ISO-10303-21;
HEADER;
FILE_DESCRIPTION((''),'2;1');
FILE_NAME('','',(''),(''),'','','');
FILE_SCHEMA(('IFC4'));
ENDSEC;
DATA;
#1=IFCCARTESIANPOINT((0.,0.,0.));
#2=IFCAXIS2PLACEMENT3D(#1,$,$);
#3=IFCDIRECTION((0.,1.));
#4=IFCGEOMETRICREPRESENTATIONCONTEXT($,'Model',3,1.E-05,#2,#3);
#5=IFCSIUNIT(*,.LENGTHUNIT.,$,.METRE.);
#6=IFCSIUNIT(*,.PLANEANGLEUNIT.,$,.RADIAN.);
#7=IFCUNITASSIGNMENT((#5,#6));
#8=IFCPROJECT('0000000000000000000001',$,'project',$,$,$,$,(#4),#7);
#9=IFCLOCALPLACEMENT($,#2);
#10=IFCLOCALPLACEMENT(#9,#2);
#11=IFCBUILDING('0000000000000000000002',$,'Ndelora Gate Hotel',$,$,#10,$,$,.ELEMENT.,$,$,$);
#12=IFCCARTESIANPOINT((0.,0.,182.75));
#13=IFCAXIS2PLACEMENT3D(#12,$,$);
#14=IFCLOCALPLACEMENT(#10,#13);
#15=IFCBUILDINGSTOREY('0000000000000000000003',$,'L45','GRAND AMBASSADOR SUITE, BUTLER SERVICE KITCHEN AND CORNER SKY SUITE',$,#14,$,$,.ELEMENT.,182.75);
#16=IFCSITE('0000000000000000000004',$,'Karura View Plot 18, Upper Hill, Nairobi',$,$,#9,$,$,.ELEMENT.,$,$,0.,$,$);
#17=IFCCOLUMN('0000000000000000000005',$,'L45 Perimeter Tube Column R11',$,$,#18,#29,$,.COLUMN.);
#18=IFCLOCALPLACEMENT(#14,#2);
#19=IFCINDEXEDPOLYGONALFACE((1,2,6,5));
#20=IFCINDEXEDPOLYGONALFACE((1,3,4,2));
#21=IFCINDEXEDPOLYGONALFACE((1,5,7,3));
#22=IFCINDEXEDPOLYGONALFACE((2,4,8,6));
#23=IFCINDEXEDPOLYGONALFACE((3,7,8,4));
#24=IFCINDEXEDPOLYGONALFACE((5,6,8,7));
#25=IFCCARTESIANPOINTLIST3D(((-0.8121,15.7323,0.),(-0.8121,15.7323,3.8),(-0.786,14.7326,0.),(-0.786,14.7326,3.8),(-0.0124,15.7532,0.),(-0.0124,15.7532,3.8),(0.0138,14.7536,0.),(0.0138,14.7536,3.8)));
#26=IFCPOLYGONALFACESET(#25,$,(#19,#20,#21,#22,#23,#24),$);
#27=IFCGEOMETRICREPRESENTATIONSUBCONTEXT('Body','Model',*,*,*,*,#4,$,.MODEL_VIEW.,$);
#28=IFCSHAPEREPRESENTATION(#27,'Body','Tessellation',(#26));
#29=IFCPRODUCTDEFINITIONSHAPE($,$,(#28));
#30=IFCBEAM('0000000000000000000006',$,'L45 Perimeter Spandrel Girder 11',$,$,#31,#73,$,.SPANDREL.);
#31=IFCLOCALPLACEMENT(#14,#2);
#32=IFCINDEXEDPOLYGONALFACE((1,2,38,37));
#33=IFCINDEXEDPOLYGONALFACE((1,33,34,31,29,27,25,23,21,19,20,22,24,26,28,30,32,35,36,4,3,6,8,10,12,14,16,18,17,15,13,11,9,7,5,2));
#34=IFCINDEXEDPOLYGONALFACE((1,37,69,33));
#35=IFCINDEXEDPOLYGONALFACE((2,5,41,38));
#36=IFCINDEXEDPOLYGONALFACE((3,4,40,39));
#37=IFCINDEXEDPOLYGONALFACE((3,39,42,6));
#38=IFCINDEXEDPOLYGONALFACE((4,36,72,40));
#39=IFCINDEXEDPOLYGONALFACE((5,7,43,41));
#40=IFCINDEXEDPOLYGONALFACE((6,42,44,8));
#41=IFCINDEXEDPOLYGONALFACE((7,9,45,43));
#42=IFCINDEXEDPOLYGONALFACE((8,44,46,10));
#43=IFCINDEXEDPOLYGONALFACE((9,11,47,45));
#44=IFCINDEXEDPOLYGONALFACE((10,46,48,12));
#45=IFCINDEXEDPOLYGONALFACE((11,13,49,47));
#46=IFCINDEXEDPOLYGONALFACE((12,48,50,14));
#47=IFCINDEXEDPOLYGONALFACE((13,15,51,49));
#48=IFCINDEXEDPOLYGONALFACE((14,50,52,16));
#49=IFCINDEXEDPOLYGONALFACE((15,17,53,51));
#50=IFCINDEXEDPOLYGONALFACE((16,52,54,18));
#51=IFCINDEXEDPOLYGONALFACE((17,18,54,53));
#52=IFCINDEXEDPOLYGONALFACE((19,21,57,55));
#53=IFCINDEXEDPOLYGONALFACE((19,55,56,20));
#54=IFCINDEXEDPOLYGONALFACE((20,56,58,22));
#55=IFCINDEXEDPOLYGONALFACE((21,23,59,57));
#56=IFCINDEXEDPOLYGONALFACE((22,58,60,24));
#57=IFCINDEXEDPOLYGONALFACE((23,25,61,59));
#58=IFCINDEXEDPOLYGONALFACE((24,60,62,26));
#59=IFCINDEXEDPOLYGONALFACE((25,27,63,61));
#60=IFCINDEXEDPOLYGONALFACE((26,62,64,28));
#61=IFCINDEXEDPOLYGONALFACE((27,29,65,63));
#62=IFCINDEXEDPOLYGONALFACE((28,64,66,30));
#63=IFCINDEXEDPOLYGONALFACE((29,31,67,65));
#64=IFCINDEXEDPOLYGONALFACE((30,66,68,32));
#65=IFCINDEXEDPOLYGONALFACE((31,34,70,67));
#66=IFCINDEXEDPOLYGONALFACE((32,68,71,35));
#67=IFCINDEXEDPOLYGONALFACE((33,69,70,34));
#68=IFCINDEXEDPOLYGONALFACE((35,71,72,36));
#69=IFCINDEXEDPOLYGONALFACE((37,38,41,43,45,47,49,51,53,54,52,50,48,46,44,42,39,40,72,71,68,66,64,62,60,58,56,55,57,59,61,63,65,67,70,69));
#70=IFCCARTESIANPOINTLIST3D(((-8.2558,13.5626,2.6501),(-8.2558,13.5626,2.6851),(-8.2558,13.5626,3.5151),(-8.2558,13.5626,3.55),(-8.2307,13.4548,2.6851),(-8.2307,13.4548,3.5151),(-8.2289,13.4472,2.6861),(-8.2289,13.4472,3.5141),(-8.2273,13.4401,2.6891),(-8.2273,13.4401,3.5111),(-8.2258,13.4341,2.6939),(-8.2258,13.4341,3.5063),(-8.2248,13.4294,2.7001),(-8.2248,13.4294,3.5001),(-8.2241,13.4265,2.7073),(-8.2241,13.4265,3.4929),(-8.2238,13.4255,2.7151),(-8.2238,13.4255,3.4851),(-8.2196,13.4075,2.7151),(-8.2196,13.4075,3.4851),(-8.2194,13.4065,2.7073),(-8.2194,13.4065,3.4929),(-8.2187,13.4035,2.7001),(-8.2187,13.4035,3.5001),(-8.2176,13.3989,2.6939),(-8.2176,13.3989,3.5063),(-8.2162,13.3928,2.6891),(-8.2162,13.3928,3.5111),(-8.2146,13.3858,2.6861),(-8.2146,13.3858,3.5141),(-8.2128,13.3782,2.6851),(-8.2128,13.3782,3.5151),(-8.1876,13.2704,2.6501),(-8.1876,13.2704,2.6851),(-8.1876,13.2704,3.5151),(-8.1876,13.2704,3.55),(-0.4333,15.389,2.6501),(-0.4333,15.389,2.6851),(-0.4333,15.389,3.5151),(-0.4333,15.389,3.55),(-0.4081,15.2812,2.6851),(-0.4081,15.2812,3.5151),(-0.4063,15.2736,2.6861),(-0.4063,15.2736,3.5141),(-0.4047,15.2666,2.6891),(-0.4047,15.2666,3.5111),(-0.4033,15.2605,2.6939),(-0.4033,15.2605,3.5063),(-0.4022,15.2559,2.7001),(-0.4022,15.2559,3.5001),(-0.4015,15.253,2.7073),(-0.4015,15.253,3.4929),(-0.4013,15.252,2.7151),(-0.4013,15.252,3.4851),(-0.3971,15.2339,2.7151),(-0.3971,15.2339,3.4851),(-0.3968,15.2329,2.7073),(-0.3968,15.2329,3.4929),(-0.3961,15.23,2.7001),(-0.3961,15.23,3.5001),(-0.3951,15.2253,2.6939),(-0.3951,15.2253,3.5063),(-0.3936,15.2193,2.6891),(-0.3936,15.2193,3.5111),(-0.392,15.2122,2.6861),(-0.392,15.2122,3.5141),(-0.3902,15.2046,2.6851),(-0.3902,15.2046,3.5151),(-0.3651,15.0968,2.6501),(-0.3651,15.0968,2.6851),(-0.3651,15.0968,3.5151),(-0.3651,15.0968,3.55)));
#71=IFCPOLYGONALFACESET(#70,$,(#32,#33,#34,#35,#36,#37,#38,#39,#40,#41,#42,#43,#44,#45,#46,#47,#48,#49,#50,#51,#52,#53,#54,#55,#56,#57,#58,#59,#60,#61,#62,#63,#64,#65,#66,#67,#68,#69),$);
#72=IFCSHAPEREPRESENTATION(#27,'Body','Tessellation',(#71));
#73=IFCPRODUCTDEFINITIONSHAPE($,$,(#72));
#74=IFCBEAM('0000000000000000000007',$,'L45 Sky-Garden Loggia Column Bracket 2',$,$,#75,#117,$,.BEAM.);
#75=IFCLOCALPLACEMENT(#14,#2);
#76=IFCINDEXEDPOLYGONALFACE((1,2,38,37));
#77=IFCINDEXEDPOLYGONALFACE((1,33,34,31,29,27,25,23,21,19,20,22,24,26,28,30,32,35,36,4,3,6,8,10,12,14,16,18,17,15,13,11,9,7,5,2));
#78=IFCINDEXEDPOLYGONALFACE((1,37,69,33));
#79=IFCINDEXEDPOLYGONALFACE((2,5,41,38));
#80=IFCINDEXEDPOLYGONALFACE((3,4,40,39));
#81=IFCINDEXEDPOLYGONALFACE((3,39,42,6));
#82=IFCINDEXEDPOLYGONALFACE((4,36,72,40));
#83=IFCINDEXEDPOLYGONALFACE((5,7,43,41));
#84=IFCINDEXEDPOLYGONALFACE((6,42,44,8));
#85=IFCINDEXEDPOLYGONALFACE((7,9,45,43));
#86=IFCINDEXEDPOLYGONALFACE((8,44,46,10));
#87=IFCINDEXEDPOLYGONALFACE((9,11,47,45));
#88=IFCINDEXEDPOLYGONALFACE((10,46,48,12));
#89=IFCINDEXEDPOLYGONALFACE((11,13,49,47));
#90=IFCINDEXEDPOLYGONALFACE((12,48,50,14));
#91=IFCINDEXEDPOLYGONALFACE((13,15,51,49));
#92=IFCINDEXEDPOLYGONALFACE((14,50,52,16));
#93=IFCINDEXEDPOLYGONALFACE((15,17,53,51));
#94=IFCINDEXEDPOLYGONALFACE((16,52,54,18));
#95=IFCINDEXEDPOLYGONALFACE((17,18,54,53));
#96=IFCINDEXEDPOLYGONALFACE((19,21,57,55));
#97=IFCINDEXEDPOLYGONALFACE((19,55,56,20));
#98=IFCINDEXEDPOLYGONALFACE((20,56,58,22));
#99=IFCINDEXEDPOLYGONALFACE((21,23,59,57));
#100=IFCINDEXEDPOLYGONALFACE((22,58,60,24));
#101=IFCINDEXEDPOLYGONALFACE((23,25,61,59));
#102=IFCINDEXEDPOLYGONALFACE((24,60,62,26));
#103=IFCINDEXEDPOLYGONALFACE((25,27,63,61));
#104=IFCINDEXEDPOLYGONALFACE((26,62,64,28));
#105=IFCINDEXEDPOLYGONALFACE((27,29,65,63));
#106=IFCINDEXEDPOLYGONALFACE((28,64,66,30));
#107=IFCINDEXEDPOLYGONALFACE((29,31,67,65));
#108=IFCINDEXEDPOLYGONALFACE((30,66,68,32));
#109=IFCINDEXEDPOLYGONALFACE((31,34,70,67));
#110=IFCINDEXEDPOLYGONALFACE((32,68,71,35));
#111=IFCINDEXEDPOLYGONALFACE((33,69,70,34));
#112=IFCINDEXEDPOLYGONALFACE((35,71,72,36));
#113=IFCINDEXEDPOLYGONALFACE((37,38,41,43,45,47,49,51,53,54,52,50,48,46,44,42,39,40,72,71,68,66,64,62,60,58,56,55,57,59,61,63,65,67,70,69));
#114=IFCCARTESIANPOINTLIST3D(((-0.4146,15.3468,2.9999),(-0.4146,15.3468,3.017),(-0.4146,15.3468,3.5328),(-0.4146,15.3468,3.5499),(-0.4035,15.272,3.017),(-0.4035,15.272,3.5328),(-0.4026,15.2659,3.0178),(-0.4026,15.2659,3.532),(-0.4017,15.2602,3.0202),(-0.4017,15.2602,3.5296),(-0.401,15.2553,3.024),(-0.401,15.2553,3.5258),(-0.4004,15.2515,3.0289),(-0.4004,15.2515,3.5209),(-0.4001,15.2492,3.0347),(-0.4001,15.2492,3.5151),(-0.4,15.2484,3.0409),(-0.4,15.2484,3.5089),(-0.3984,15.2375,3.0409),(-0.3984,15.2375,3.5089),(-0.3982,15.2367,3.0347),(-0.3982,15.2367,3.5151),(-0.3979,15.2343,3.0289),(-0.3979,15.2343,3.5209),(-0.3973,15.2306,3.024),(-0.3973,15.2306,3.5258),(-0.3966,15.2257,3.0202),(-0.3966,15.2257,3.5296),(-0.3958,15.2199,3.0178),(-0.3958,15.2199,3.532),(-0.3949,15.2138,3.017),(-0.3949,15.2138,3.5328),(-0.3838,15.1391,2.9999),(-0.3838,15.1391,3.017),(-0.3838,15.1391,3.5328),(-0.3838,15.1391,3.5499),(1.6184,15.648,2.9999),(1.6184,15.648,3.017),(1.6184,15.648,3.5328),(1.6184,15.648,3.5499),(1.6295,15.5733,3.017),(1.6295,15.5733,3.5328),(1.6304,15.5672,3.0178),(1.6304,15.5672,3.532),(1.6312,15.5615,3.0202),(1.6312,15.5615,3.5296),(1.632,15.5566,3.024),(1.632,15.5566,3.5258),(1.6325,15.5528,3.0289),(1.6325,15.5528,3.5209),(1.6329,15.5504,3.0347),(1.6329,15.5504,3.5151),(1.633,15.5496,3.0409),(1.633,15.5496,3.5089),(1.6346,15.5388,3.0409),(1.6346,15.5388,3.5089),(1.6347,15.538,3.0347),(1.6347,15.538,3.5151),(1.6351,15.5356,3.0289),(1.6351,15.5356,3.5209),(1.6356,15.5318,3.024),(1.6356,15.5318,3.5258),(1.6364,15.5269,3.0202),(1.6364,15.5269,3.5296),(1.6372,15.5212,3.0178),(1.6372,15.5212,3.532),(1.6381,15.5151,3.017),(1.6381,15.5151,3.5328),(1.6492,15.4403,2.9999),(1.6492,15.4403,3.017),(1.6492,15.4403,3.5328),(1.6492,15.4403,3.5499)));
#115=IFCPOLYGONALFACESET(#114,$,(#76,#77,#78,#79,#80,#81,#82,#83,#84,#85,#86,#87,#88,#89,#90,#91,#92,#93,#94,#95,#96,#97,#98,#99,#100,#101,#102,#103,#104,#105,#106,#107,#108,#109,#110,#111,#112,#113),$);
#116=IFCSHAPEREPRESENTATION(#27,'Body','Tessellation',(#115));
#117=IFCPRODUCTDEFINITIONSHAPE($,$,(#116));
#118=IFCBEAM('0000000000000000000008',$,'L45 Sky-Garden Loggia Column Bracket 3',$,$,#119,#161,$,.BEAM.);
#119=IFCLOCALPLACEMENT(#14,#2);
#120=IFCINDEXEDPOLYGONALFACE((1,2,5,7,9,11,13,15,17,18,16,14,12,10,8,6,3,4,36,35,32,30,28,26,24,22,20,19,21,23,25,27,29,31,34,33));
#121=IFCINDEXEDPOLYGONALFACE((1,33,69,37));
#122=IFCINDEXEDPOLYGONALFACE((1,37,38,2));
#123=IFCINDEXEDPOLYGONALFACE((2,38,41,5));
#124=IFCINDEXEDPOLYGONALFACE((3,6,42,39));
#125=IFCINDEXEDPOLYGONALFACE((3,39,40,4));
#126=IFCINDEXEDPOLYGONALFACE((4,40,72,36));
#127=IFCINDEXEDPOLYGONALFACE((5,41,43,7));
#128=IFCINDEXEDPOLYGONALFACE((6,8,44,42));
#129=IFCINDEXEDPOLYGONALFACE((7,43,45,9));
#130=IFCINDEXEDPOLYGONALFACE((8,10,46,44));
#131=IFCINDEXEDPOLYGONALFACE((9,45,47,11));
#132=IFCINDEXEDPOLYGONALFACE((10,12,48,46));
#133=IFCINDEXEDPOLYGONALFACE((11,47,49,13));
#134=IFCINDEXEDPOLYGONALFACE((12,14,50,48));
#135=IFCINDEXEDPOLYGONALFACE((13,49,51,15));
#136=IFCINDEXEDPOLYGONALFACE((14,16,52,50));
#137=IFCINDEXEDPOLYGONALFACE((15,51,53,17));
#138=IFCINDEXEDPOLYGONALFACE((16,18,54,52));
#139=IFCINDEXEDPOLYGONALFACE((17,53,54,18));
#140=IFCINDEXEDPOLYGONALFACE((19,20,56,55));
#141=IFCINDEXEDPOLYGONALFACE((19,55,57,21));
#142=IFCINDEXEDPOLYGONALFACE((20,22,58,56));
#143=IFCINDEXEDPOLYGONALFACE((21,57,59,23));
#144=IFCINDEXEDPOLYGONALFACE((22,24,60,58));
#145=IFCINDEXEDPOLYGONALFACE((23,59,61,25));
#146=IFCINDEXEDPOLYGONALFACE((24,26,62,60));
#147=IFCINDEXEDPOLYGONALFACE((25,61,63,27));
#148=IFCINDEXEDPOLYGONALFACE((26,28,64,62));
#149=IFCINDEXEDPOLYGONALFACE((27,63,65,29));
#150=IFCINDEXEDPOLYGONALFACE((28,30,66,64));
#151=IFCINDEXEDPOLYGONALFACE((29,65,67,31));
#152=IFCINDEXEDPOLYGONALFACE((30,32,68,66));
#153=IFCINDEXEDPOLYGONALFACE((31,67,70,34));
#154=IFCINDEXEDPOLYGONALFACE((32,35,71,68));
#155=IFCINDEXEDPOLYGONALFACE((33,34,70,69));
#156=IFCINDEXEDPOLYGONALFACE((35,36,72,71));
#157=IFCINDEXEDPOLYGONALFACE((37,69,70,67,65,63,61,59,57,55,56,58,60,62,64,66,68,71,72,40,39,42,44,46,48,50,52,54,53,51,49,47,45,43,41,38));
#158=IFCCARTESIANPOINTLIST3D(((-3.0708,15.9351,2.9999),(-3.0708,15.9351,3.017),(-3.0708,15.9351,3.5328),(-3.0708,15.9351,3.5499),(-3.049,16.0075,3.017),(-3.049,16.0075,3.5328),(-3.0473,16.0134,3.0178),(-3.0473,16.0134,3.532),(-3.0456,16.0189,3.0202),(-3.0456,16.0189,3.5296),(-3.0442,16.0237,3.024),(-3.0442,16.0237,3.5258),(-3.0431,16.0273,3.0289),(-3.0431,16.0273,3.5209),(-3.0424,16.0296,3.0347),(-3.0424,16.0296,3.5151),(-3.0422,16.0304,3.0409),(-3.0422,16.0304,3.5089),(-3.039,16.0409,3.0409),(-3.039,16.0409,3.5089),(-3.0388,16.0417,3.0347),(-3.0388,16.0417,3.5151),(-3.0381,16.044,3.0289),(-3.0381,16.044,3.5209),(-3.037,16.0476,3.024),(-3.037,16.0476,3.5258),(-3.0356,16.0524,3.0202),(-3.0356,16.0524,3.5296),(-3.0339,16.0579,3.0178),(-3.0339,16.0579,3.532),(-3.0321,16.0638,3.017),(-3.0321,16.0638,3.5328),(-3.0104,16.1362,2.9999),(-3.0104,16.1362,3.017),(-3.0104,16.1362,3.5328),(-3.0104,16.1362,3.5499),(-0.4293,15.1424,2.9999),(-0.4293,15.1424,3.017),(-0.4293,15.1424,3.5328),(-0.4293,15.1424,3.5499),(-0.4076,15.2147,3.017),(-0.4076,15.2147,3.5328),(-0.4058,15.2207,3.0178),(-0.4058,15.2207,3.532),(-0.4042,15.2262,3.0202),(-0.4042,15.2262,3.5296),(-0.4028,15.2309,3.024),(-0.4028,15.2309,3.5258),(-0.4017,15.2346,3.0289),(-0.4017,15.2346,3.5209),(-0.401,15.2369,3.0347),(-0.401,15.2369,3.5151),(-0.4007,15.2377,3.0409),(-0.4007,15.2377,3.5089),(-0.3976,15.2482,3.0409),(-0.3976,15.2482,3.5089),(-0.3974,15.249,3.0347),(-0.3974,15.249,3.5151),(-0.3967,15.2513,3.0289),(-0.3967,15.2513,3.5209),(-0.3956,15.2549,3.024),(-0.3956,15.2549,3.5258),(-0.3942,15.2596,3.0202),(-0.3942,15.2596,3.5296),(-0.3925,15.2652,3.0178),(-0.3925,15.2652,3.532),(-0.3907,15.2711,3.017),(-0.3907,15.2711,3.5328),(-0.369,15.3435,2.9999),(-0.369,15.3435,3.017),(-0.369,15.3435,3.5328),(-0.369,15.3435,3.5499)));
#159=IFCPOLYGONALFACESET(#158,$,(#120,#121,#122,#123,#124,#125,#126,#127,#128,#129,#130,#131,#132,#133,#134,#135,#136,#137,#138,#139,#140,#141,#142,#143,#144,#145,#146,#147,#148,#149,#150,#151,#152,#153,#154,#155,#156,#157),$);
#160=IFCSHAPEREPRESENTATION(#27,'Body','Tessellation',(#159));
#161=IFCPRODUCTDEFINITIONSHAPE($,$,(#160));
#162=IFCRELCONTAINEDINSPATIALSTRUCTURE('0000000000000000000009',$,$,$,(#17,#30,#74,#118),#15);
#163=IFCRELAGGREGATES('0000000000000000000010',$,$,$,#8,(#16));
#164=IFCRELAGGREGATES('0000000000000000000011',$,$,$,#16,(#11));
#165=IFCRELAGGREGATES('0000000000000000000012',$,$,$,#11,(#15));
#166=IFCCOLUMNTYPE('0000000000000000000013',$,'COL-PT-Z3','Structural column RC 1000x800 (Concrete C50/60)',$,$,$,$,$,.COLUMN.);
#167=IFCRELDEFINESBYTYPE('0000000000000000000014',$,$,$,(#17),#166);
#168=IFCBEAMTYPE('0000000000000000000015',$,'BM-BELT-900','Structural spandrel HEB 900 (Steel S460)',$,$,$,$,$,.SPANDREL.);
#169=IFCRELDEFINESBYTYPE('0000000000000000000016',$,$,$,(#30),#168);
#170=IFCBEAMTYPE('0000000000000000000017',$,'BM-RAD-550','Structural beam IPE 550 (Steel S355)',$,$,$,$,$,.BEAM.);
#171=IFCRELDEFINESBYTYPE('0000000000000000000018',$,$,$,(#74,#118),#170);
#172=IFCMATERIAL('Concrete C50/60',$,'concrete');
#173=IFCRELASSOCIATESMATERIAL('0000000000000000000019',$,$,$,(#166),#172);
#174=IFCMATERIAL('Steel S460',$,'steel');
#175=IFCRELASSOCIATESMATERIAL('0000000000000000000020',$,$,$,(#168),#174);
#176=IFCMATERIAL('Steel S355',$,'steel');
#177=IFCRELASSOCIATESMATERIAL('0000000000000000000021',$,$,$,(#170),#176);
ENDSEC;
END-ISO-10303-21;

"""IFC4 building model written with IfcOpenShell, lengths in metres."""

from ifc_helpers import new_model, si_unit, direction, frame, origin, origin_2d, place, context, subcontext, project, spatial, rectangle, i_section, extrude, material, material_profile, profile_set, type_object, element, save


model = new_model("IFC4")

# Units and contexts
model_context = context("Model", 3, precision=1e-05, world=origin(), true_north=direction((0.0, 1.0)))
body_context = subcontext(model_context, "Body", "Model", "MODEL_VIEW")
ifc_project = project(units=[si_unit("LENGTHUNIT", "METRE"), si_unit("PLANEANGLEUNIT", "RADIAN")], contexts=[model_context])

# Site, building, storey
site_placement = place(None, origin())
site = spatial("IfcSite", under=ifc_project, at=site_placement, Name="Karura View Plot 18, Upper Hill, Nairobi", CompositionType="ELEMENT", RefElevation=0.0)
building_placement = place(site_placement, origin())
building = spatial("IfcBuilding", under=site, at=building_placement, Name="Ndelora Gate Hotel", CompositionType="ELEMENT")
storey_placement = place(building_placement, frame((0.0, 0.0, 182.75)))
storey = spatial("IfcBuildingStorey", under=building, at=storey_placement, Name="L45", Description="GRAND AMBASSADOR SUITE, BUTLER SERVICE KITCHEN AND CORNER SKY SUITE", CompositionType="ELEMENT", Elevation=182.75)

# Column
ifc_material_1 = material(Name="Concrete C50/60", Category="concrete")
ifc_material_profile_1 = material_profile(ifc_material_1, rectangle(XDim=0.8, YDim=1.0, at=origin_2d()), Name="RC 1000x800")
ifc_profile_set_1 = profile_set([ifc_material_profile_1], Name="Concrete C50/60")
column_type = type_object("IfcColumnType", Name="COL-PT-Z3", Description="Structural column RC 1000x800 (Concrete C50/60)", PredefinedType="COLUMN", material=ifc_profile_set_1)
column_placement = place(storey_placement, frame((-0.3992, 15.2429, 0.0), z_axis=(0.0, 0.0, 1.0), x_axis=(0.999657, 0.026177, 0.0)))
element("IfcColumn", 1, at=column_placement, inside=storey, type_object=column_type, Name="L45 Perimeter Tube Column R11", PredefinedType="COLUMN", context=body_context, shape_type="SweptSolid", body=[
    extrude(rectangle(XDim=0.8, YDim=1.0, at=origin_2d()), origin(), (0.0, 0.0, 1.0), 3.8),
])

# Beams
ifc_material_2 = material(Name="Steel S460", Category="steel")
ifc_material_profile_2 = material_profile(ifc_material_2, i_section(OverallWidth=0.3, OverallDepth=0.8999, WebThickness=0.0186, FlangeThickness=0.0349, FilletRadius=0.03, at=origin_2d()), Name="HEB 900")
ifc_profile_set_2 = profile_set([ifc_material_profile_2], Name="Steel S460")
beam_type_1 = type_object("IfcBeamType", Name="BM-BELT-900", Description="Structural spandrel HEB 900 (Steel S460)", PredefinedType="SPANDREL", material=ifc_profile_set_2)
beam_1_placement = place(storey_placement, frame((-0.3992, 15.2429, 3.1001), z_axis=(-0.973809, -0.227367, 0.0), x_axis=(0.227367, -0.973809, 0.0)))
element("IfcBeam", 2, at=beam_1_placement, inside=storey, type_object=beam_type_1, Name="L45 Perimeter Spandrel Girder 11", PredefinedType="SPANDREL", context=body_context, shape_type="SweptSolid", body=[
    extrude(i_section(OverallWidth=0.3, OverallDepth=0.8999, WebThickness=0.0186, FlangeThickness=0.0349, FilletRadius=0.03, at=origin_2d()), origin(), (0.0, 0.0, 1.0), 8.033),
])
ifc_material_3 = material(Name="Steel S355", Category="steel")
ifc_material_profile_3 = material_profile(ifc_material_3, i_section(OverallWidth=0.21, OverallDepth=0.55, WebThickness=0.011, FlangeThickness=0.0171, FilletRadius=0.0239, at=origin_2d()), Name="IPE 550")
ifc_profile_set_3 = profile_set([ifc_material_profile_3], Name="Steel S355")
beam_type_2 = type_object("IfcBeamType", Name="BM-RAD-550", Description="Structural beam IPE 550 (Steel S355)", PredefinedType="BEAM", material=ifc_profile_set_3)
beam_2_placement = place(storey_placement, frame((-0.3992, 15.2429, 3.2749), z_axis=(0.989197, 0.146592, 0.0), x_axis=(-0.146592, 0.989197, 0.0)))
element("IfcBeam", 3, at=beam_2_placement, inside=storey, type_object=beam_type_2, Name="L45 Sky-Garden Loggia Column Bracket 2", PredefinedType="BEAM", context=body_context, shape_type="SweptSolid", body=[
    extrude(i_section(OverallWidth=0.21, OverallDepth=0.55, WebThickness=0.011, FlangeThickness=0.0171, FilletRadius=0.0239, at=origin_2d()), origin(), (0.0, 0.0, 1.0), 2.0552),
])
beam_3_placement = place(storey_placement, frame((-0.3992, 15.2429, 3.2749), z_axis=(-0.957795, 0.287453, 0.0), x_axis=(-0.287453, -0.957795, 0.0)))
element("IfcBeam", 4, at=beam_3_placement, inside=storey, type_object=beam_type_2, Name="L45 Sky-Garden Loggia Column Bracket 3", PredefinedType="BEAM", context=body_context, shape_type="SweptSolid", body=[
    extrude(i_section(OverallWidth=0.21, OverallDepth=0.55, WebThickness=0.011, FlangeThickness=0.0171, FilletRadius=0.0239, at=origin_2d()), origin(), (0.0, 0.0, 1.0), 2.7578),
])

save(model, "model.ifc")
